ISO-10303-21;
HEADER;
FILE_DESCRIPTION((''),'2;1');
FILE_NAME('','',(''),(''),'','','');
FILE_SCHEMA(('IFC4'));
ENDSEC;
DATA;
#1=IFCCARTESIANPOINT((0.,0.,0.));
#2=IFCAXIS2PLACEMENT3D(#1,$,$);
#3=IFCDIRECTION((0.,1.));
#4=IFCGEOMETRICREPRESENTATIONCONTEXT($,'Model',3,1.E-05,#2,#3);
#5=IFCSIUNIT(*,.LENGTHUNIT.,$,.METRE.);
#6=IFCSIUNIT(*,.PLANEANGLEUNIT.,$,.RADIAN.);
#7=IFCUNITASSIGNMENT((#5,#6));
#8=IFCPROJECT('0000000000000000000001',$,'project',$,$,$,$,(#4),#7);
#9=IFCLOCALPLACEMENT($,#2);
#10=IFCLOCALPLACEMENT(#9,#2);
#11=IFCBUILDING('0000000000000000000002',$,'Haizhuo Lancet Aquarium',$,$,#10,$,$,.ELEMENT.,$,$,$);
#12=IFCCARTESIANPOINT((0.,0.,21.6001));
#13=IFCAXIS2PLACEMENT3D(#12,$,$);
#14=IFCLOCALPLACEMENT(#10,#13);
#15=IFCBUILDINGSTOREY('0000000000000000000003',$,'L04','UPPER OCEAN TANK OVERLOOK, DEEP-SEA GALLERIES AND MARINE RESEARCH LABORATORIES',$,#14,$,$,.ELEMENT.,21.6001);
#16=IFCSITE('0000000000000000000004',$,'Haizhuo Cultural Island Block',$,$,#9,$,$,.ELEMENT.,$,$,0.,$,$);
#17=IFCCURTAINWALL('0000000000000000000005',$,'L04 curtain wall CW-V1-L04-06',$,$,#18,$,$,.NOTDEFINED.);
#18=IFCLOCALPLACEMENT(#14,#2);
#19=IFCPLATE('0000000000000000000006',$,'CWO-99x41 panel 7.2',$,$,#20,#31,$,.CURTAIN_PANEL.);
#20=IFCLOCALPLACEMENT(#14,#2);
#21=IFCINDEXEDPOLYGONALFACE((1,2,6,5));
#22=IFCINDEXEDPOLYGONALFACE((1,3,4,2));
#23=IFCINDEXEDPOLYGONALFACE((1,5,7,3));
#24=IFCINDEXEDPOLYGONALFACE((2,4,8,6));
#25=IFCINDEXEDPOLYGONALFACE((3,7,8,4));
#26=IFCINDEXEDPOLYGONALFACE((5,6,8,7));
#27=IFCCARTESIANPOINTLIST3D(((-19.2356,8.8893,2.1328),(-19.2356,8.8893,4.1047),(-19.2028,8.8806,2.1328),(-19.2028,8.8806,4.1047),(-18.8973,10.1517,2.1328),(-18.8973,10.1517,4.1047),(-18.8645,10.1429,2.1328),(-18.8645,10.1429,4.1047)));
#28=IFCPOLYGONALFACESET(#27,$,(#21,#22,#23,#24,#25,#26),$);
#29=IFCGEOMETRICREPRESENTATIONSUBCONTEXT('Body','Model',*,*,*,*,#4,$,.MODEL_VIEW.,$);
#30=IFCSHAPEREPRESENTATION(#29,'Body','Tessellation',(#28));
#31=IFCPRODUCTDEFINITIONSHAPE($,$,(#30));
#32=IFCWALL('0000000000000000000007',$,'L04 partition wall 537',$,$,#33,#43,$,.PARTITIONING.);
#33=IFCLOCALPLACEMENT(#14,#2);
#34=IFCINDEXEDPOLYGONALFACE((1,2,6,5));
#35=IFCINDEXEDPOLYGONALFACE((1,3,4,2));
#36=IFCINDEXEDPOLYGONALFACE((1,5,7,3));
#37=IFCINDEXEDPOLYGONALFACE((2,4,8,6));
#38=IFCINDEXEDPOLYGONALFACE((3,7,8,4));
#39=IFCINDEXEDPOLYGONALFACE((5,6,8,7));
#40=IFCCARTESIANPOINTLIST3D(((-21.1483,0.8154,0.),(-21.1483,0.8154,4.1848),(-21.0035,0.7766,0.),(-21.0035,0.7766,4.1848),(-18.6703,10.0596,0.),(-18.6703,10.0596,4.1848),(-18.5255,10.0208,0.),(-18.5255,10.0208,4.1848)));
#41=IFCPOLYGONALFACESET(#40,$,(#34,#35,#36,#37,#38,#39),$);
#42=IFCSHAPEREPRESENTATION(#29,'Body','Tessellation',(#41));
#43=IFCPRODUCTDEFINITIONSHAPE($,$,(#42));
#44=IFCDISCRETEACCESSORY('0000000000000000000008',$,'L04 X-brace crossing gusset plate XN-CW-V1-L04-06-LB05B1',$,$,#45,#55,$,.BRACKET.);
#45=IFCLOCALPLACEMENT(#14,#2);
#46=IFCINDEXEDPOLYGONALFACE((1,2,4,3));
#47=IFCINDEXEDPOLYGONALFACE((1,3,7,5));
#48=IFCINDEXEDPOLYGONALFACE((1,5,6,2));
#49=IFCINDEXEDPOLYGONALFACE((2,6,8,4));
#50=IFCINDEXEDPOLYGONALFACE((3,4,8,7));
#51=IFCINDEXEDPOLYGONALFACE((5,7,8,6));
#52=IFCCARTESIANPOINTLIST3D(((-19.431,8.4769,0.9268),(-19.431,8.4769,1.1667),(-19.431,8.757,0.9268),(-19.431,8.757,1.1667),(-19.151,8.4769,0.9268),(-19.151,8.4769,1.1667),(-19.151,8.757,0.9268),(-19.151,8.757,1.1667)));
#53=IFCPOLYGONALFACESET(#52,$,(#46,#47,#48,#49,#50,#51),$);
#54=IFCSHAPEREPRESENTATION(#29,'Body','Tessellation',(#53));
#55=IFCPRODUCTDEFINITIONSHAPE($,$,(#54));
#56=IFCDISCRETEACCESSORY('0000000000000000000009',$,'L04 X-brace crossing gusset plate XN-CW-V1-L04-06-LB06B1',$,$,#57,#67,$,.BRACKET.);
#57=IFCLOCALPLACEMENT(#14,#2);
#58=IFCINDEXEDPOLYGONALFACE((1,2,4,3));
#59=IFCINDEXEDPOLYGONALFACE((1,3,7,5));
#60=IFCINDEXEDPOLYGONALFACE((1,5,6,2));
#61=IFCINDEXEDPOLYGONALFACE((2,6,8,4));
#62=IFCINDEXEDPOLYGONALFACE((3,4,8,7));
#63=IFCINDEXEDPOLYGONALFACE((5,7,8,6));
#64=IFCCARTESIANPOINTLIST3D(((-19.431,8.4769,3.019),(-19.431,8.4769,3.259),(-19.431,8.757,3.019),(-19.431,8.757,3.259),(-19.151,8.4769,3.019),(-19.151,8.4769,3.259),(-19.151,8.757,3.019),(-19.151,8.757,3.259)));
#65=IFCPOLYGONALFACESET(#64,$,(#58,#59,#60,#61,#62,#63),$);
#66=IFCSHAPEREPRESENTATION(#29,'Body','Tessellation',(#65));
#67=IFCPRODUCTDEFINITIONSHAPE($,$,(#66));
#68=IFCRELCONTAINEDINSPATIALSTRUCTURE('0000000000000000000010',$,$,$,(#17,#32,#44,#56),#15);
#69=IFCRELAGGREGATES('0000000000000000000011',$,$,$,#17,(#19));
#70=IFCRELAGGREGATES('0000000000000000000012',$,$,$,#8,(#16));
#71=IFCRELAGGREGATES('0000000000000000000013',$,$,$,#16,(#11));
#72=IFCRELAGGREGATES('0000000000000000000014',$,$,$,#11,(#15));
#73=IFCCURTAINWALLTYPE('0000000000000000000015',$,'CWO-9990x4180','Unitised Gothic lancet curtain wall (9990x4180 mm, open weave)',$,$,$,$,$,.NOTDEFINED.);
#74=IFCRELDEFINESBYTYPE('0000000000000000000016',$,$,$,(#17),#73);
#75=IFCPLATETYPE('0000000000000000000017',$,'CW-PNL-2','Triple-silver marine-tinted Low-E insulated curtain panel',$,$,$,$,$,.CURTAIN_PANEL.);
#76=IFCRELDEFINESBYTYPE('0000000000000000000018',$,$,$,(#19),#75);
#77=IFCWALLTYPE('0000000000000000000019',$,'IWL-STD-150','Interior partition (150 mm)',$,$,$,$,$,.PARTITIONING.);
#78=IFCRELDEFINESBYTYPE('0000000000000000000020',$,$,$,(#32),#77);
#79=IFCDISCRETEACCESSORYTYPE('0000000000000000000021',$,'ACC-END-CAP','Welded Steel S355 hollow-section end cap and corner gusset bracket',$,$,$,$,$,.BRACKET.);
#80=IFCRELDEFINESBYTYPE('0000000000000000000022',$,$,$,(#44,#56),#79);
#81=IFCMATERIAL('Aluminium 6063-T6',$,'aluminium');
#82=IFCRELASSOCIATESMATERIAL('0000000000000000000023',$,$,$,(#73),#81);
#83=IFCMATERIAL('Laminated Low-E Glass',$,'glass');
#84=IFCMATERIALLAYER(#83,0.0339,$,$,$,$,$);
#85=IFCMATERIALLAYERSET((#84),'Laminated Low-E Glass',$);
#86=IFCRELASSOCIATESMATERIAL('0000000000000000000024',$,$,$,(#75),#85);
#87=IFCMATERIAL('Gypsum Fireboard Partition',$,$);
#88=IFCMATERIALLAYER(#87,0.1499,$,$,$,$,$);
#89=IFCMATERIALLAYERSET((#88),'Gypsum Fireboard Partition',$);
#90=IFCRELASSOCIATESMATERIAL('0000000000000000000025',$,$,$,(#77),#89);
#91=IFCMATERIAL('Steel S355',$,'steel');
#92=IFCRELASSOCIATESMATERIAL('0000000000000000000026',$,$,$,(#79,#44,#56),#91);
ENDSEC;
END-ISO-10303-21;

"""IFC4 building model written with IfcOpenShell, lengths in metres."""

from ifc_helpers import new_model, si_unit, direction, frame, frame_2d, origin, origin_2d, place, context, subcontext, project, spatial, rectangle, extrude, material, layer, layer_set, type_object, element, aggregate, save


model = new_model("IFC4")

# Units and contexts
model_context = context("Model", 3, precision=1e-05, world=origin(), true_north=direction((0.0, 1.0)))
body_context = subcontext(model_context, "Body", "Model", "MODEL_VIEW")
ifc_project = project(units=[si_unit("LENGTHUNIT", "METRE"), si_unit("PLANEANGLEUNIT", "RADIAN")], contexts=[model_context])

# Site, building, storey
site_placement = place(None, origin())
site = spatial("IfcSite", under=ifc_project, at=site_placement, Name="Haizhuo Cultural Island Block", CompositionType="ELEMENT", RefElevation=0.0)
building_placement = place(site_placement, origin())
building = spatial("IfcBuilding", under=site, at=building_placement, Name="Haizhuo Lancet Aquarium", CompositionType="ELEMENT")
storey_placement = place(building_placement, frame((0.0, 0.0, 21.6001)))
storey = spatial("IfcBuildingStorey", under=building, at=storey_placement, Name="L04", Description="UPPER OCEAN TANK OVERLOOK, DEEP-SEA GALLERIES AND MARINE RESEARCH LABORATORIES", CompositionType="ELEMENT", Elevation=21.6001)

# Shared definitions
ifc_material_1 = material(Name="Aluminium 6063-T6", Category="aluminium")
curtain_wall_type = type_object("IfcCurtainWallType", Name="CWO-9990x4180", Description="Unitised Gothic lancet curtain wall (9990x4180 mm, open weave)", PredefinedType="NOTDEFINED", material=ifc_material_1)

# Curtain wall
curtain_wall_1_placement = place(storey_placement, origin())
curtain_wall_1 = element("IfcCurtainWall", 1, at=curtain_wall_1_placement, inside=storey, type_object=curtain_wall_type, Name="L04 curtain wall CW-V1-L04-06", PredefinedType="NOTDEFINED")

# Shared definitions
ifc_material_2 = material(Name="Steel S355", Category="steel")

# Plate
ifc_material_3 = material(Name="Laminated Low-E Glass", Category="glass")
ifc_layer_1 = layer(ifc_material_3, 0.0339)
ifc_layer_set_1 = layer_set([ifc_layer_1], Name="Laminated Low-E Glass")
plate_type = type_object("IfcPlateType", Name="CW-PNL-2", Description="Triple-silver marine-tinted Low-E insulated curtain panel", PredefinedType="CURTAIN_PANEL", material=ifc_layer_set_1)
plate_1_placement = place(storey_placement, frame((-19.05, 9.5161, 2.1328), z_axis=(0.0, 0.0, 1.0), x_axis=(0.258853, 0.965917, 0.0)))
plate_1 = element("IfcPlate", 2, at=plate_1_placement, type_object=plate_type, Name="CWO-99x41 panel 7.2", PredefinedType="CURTAIN_PANEL", context=body_context, shape_type="SweptSolid", body=[
    extrude(rectangle(XDim=1.3069, YDim=0.0339, at=origin_2d()), origin(), (0.0, 0.0, 1.0), 1.9719),
])
aggregate(curtain_wall_1, [plate_1])

# Wall
ifc_material_4 = material(Name="Gypsum Fireboard Partition")
ifc_layer_2 = layer(ifc_material_4, 0.1499)
ifc_layer_set_2 = layer_set([ifc_layer_2], Name="Gypsum Fireboard Partition")
wall_type = type_object("IfcWallType", Name="IWL-STD-150", Description="Interior partition (150 mm)", PredefinedType="PARTITIONING", material=ifc_layer_set_2)
wall_placement = place(storey_placement, frame((-18.5979, 10.04, 0.0), z_axis=(0.0, 0.0, 1.0), x_axis=(-0.258923, -0.965898, 0.0)))
element("IfcWall", 3, at=wall_placement, inside=storey, type_object=wall_type, Name="L04 partition wall 537", PredefinedType="PARTITIONING", context=body_context, shape_type="SweptSolid", body=[
    extrude(rectangle(XDim=9.5706, YDim=0.1499, at=frame_2d((4.7852, 0.0))), origin(), (0.0, 0.0, 1.0), 4.1848),
])

# Discrete accessories
discrete_accessory_type = type_object("IfcDiscreteAccessoryType", Name="ACC-END-CAP", Description="Welded Steel S355 hollow-section end cap and corner gusset bracket", PredefinedType="BRACKET", material=ifc_material_2)
for number, where, z_axis, x_axis, name in (
    (4, (-19.291, 8.6169, 0.9268), (0.0, 0.0, 1.0), (1.0, 0.0, 0.0), "L04 X-brace crossing gusset plate XN-CW-V1-L04-06-LB05B1"),
    (5, (-19.291, 8.6169, 3.019), (0.0, 0.0, 1.0), (1.0, 0.0, 0.0), "L04 X-brace crossing gusset plate XN-CW-V1-L04-06-LB06B1"),
):
    element("IfcDiscreteAccessory", number, at=place(storey_placement, frame(where, z_axis=z_axis, x_axis=x_axis)), inside=storey, type_object=discrete_accessory_type, material=ifc_material_2, Name=name, PredefinedType="BRACKET", context=body_context, shape_type="SweptSolid", body=[
        extrude(rectangle(XDim=0.28, YDim=0.28, at=origin_2d()), origin(), (0.0, 0.0, 1.0), 0.24),
    ])

save(model, "model.ifc")
